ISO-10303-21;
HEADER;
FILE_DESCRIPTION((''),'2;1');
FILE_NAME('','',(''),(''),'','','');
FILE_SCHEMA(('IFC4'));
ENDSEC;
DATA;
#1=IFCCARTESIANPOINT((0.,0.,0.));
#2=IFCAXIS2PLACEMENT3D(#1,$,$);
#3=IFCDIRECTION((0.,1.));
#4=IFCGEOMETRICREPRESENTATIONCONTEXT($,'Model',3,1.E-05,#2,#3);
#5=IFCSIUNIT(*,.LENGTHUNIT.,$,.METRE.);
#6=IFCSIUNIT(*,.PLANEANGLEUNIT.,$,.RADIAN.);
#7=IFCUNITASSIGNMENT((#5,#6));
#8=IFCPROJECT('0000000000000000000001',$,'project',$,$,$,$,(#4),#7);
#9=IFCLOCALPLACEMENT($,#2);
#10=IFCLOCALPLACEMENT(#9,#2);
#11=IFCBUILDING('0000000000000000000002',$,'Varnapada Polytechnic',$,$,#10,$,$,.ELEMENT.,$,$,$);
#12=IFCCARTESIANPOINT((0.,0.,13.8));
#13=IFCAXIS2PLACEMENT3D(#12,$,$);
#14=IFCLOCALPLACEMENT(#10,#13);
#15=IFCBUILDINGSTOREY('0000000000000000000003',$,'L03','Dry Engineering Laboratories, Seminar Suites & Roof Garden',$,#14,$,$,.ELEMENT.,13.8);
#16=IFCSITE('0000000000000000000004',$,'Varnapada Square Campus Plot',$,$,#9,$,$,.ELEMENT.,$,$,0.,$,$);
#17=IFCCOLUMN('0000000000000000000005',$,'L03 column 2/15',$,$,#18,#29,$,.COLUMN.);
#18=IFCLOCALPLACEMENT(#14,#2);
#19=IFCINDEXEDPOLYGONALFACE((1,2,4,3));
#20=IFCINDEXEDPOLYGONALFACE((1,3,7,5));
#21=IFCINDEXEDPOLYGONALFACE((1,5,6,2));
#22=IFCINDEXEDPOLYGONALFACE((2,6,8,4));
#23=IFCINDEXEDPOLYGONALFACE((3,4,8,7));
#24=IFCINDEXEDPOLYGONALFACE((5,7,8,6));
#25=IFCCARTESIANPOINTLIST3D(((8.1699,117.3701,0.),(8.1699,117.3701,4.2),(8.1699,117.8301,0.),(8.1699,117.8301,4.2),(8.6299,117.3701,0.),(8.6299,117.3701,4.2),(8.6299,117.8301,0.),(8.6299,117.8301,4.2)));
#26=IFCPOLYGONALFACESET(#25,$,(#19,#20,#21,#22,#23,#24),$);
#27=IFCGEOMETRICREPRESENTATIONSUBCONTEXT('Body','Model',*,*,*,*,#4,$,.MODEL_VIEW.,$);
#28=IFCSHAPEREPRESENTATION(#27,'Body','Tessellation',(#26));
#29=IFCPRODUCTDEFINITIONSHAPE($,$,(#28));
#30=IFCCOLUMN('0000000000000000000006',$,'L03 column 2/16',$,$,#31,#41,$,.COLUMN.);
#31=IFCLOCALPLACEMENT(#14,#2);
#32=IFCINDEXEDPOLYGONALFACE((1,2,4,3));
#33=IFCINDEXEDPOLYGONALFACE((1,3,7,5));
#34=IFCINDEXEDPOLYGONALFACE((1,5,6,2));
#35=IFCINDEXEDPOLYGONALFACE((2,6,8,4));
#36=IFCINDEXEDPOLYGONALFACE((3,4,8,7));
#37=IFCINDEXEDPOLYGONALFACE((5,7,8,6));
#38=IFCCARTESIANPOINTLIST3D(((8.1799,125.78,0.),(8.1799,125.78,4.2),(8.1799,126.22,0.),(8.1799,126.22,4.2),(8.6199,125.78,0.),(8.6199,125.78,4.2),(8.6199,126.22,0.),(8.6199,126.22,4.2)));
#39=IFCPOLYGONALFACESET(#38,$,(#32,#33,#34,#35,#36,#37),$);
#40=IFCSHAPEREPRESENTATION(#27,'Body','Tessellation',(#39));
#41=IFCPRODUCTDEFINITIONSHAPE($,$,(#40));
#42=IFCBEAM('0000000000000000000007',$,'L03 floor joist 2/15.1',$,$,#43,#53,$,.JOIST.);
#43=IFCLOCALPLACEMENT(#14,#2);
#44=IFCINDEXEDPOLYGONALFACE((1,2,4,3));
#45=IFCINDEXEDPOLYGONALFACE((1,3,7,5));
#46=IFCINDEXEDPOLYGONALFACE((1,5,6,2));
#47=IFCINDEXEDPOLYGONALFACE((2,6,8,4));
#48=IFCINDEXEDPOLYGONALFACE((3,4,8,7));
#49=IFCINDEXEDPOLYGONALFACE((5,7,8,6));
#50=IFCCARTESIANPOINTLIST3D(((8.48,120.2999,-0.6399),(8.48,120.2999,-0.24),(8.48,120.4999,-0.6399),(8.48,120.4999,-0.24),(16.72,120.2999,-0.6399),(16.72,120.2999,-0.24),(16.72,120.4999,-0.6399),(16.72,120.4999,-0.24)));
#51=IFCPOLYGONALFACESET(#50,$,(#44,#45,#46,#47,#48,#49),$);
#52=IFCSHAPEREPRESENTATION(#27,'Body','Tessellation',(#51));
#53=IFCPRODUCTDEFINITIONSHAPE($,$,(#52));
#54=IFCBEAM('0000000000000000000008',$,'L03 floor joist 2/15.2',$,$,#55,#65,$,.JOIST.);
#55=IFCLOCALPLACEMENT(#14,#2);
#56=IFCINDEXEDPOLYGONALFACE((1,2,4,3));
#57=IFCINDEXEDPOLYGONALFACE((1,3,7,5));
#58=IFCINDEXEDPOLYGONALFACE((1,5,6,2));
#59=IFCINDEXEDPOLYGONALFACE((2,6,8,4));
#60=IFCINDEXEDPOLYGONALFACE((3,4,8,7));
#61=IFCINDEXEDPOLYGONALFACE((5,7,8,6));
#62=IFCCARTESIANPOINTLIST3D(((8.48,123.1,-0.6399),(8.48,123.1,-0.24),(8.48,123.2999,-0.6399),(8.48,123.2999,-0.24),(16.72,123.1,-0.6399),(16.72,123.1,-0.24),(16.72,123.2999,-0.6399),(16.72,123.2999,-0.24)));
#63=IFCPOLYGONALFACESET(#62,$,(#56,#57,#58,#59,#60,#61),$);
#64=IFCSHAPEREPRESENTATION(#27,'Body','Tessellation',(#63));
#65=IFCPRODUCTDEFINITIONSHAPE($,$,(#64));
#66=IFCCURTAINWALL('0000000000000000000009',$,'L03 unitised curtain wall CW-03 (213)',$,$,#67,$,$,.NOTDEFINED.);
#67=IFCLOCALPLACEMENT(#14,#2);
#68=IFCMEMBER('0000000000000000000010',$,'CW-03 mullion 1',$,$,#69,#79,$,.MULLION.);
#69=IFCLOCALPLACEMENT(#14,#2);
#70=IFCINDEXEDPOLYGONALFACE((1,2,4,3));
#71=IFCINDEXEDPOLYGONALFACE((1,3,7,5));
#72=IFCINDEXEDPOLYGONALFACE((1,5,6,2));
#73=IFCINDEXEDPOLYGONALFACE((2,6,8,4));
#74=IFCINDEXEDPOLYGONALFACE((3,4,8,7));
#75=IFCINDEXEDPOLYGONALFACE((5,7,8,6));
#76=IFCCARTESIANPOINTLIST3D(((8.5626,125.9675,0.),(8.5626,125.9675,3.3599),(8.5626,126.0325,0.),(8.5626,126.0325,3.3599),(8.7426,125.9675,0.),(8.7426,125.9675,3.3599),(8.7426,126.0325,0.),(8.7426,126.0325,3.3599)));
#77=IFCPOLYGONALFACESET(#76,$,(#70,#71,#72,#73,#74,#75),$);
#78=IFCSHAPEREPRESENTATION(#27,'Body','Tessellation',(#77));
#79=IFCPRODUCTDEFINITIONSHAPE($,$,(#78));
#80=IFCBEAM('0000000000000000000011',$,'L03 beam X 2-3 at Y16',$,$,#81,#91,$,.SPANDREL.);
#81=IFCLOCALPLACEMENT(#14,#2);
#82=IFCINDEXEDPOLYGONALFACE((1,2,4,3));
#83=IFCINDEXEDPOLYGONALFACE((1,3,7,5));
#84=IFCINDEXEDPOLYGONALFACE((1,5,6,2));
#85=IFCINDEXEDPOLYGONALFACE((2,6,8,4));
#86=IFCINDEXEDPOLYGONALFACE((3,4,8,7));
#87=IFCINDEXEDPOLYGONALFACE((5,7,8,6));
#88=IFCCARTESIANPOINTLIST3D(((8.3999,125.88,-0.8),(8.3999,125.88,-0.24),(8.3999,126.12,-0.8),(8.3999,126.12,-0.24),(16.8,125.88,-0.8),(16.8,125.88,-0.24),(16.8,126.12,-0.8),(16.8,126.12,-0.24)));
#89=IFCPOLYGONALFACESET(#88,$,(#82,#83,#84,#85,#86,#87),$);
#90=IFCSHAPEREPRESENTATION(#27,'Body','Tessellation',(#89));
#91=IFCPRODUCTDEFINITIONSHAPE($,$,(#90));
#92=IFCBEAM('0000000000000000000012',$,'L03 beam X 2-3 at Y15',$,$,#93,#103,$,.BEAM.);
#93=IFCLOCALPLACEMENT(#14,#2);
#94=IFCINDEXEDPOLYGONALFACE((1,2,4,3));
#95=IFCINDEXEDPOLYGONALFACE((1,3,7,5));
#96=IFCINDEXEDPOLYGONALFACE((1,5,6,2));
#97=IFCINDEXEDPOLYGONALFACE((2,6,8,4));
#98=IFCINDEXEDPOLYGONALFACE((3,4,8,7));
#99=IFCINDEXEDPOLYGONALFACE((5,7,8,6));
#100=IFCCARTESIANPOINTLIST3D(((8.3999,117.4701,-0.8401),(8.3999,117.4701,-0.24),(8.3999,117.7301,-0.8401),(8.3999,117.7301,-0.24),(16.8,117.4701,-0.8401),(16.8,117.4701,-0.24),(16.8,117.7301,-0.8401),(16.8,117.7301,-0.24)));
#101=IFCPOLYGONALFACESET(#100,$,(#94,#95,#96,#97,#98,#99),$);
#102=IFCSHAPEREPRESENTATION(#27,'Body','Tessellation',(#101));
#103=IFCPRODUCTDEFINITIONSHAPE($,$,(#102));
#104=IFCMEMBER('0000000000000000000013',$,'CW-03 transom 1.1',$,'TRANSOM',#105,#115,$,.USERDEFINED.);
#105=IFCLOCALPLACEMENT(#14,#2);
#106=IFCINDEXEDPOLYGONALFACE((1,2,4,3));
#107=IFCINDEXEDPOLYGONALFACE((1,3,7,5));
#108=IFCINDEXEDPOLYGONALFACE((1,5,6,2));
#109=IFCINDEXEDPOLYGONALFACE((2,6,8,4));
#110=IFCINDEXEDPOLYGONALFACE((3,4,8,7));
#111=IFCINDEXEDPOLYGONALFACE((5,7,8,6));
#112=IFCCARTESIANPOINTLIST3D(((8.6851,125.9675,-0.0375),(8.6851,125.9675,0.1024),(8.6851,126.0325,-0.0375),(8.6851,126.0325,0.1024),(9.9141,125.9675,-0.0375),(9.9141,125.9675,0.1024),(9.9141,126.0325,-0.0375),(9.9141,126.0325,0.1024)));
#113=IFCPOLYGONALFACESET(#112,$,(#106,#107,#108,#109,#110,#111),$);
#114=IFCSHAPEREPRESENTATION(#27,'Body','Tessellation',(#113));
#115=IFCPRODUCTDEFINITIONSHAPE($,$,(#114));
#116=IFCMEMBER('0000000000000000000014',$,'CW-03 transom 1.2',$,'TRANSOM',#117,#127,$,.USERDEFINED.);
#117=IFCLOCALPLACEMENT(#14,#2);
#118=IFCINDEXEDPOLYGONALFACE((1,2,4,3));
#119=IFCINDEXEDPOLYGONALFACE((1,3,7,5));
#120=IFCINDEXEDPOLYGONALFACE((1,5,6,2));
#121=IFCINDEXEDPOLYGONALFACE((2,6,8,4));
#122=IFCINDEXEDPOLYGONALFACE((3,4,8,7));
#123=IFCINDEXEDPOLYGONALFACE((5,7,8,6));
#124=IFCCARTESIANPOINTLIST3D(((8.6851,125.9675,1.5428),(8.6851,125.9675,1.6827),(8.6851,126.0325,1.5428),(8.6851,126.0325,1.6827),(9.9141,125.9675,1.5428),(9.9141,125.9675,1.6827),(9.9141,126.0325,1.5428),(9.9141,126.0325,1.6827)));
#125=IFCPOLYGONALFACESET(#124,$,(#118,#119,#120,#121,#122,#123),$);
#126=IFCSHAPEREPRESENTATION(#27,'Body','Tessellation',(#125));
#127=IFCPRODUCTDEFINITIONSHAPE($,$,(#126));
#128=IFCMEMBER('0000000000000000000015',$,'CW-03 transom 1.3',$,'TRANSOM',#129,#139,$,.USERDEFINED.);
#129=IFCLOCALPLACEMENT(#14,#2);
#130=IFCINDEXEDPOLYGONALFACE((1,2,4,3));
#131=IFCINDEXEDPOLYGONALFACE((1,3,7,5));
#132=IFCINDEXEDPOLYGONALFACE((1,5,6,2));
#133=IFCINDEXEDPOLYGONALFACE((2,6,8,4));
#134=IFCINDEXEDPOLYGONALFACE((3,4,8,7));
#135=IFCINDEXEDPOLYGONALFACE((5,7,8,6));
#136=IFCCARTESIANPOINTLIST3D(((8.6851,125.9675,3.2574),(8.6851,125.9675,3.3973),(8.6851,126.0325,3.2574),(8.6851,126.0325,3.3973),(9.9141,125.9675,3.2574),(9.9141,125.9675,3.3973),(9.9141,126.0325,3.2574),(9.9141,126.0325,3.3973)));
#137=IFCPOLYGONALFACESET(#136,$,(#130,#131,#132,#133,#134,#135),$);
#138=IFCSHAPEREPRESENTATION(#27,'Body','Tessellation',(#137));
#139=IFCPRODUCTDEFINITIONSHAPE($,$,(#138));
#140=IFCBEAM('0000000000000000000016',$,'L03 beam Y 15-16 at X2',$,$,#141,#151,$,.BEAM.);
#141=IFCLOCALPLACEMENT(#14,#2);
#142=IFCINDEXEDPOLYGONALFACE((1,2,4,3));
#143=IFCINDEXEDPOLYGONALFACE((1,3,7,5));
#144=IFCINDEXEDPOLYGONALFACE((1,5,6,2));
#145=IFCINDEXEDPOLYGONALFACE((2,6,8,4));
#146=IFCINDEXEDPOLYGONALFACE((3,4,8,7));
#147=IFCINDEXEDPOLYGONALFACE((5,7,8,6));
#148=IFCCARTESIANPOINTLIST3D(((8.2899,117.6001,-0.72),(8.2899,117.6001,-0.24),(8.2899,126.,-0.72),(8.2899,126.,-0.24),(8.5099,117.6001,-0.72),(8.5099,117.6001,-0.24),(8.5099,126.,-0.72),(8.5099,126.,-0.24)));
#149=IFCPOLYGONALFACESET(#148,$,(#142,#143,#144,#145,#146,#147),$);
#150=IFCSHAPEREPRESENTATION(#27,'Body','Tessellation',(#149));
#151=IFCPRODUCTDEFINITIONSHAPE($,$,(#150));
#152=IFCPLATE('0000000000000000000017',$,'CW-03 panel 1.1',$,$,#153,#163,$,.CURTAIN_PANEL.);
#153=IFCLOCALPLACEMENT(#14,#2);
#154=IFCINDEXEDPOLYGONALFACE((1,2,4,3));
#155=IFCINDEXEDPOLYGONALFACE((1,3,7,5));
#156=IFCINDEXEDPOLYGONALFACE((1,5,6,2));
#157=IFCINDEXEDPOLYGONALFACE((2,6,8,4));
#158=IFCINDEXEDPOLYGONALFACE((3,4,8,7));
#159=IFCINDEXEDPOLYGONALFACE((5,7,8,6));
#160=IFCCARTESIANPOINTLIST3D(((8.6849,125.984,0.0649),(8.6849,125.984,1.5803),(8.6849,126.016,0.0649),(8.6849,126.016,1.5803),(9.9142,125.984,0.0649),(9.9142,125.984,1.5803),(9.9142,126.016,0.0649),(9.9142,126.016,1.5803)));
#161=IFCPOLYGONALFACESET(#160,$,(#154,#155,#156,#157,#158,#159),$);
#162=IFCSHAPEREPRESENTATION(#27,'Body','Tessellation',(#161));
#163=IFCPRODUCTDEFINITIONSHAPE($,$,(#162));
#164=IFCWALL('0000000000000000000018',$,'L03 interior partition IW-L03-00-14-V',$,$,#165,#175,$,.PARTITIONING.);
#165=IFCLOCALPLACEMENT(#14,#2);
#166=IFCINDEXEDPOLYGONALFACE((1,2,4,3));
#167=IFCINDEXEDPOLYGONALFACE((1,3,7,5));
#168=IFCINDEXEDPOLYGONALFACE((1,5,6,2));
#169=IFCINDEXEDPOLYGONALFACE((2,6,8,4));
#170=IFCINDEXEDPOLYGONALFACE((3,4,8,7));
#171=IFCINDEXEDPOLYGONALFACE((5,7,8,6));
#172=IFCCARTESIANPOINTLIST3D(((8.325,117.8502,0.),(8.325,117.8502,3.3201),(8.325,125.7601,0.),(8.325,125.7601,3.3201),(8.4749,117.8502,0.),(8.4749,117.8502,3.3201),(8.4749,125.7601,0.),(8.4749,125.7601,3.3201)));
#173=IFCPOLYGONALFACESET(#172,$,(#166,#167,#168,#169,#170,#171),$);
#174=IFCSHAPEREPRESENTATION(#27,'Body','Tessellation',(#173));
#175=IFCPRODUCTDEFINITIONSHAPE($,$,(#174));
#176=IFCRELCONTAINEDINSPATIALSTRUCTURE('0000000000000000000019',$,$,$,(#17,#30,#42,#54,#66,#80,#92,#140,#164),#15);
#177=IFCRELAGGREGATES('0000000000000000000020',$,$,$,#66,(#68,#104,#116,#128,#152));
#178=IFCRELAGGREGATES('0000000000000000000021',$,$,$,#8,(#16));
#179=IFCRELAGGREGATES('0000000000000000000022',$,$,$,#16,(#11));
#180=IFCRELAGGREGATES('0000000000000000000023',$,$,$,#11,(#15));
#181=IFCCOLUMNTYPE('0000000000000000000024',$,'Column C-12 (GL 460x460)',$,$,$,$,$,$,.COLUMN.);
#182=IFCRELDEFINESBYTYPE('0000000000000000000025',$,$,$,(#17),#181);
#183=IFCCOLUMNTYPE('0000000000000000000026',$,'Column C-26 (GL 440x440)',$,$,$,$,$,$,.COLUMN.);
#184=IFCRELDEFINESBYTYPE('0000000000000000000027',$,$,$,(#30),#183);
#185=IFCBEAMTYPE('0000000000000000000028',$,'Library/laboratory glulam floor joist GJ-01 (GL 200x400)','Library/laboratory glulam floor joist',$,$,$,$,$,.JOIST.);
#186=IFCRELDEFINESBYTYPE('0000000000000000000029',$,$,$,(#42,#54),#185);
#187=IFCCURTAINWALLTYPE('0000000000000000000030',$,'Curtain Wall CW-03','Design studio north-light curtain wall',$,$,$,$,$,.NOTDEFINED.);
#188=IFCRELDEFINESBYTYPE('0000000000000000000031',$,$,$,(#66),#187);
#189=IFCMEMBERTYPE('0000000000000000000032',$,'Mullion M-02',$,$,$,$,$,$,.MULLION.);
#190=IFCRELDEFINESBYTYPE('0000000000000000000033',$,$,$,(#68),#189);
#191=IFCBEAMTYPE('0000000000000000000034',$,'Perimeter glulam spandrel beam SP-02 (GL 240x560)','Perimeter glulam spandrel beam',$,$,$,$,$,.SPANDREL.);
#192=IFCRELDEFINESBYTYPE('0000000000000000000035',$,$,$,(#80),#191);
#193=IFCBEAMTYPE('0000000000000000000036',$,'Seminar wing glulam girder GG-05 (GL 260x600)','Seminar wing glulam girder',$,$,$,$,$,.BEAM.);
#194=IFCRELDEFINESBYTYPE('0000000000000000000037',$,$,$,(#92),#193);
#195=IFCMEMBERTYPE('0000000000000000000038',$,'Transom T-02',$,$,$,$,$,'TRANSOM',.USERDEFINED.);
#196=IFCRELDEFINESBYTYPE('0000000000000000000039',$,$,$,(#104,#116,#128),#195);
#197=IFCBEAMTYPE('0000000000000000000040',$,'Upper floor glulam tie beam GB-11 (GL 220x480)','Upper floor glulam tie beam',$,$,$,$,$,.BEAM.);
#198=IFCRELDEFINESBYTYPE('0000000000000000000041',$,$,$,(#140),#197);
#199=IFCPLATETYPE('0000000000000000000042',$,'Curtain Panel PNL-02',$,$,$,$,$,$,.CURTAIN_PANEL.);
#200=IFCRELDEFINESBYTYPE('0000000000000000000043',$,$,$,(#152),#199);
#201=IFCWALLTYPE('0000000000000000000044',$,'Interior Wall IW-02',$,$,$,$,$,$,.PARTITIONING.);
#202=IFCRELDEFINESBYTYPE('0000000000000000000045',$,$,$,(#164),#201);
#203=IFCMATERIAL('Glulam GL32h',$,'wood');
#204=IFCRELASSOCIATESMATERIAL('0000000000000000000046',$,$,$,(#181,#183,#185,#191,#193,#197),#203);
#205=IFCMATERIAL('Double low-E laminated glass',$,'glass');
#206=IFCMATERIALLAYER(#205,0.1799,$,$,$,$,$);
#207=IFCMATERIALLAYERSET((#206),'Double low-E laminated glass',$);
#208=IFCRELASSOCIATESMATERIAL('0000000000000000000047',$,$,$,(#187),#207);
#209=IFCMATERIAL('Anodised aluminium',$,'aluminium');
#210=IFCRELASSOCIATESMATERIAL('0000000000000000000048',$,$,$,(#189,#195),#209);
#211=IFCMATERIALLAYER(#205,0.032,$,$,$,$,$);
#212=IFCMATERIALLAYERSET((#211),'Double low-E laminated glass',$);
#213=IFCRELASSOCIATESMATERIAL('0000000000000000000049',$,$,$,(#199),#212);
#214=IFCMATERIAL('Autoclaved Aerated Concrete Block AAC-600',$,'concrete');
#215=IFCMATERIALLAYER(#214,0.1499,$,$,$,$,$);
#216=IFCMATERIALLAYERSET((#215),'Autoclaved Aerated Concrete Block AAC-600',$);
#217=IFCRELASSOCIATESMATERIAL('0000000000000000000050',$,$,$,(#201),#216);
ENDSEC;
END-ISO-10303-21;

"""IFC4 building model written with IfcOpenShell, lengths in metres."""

from ifc_helpers import new_model, si_unit, direction, frame, frame_2d, origin, origin_2d, place, context, subcontext, project, spatial, rectangle, extrude, material, layer, layer_set, material_profile, profile_set, type_object, element, aggregate, save


model = new_model("IFC4")

# Units and contexts
model_context = context("Model", 3, precision=1e-05, world=origin(), true_north=direction((0.0, 1.0)))
body_context = subcontext(model_context, "Body", "Model", "MODEL_VIEW")
ifc_project = project(units=[si_unit("LENGTHUNIT", "METRE"), si_unit("PLANEANGLEUNIT", "RADIAN")], contexts=[model_context])

# Site, building, storey
site_placement = place(None, origin())
site = spatial("IfcSite", under=ifc_project, at=site_placement, Name="Varnapada Square Campus Plot", CompositionType="ELEMENT", RefElevation=0.0)
building_placement = place(site_placement, origin())
building = spatial("IfcBuilding", under=site, at=building_placement, Name="Varnapada Polytechnic", CompositionType="ELEMENT")
storey_placement = place(building_placement, frame((0.0, 0.0, 13.8)))
storey = spatial("IfcBuildingStorey", under=building, at=storey_placement, Name="L03", Description="Dry Engineering Laboratories, Seminar Suites & Roof Garden", CompositionType="ELEMENT", Elevation=13.8)

# Columns
ifc_material_1 = material(Name="Glulam GL32h", Category="wood")
ifc_material_profile_1 = material_profile(ifc_material_1, rectangle(XDim=0.46, YDim=0.46, at=origin_2d()), Name="GL 460x460")
ifc_profile_set_1 = profile_set([ifc_material_profile_1], Name="Glulam GL32h")
column_type_1 = type_object("IfcColumnType", Name="Column C-12 (GL 460x460)", PredefinedType="COLUMN", material=ifc_profile_set_1)
column_1_placement = place(storey_placement, frame((8.3999, 117.6001, 0.0), z_axis=(0.0, 0.0, 1.0), x_axis=(1.0, 0.0, 0.0)))
element("IfcColumn", 1, at=column_1_placement, inside=storey, type_object=column_type_1, Name="L03 column 2/15", PredefinedType="COLUMN", context=body_context, shape_type="SweptSolid", body=[
    extrude(rectangle(XDim=0.46, YDim=0.46, at=origin_2d()), origin(), (0.0, 0.0, 1.0), 4.2),
])
ifc_material_profile_2 = material_profile(ifc_material_1, rectangle(XDim=0.4399, YDim=0.4399, at=origin_2d()), Name="GL 440x440")
ifc_profile_set_2 = profile_set([ifc_material_profile_2], Name="Glulam GL32h")
column_type_2 = type_object("IfcColumnType", Name="Column C-26 (GL 440x440)", PredefinedType="COLUMN", material=ifc_profile_set_2)
column_2_placement = place(storey_placement, frame((8.3999, 126.0, 0.0), z_axis=(0.0, 0.0, 1.0), x_axis=(1.0, 0.0, 0.0)))
element("IfcColumn", 2, at=column_2_placement, inside=storey, type_object=column_type_2, Name="L03 column 2/16", PredefinedType="COLUMN", context=body_context, shape_type="SweptSolid", body=[
    extrude(rectangle(XDim=0.4399, YDim=0.4399, at=origin_2d()), origin(), (0.0, 0.0, 1.0), 4.2),
])

# Beams
ifc_material_profile_3 = material_profile(ifc_material_1, rectangle(XDim=0.2, YDim=0.3999, at=origin_2d()), Name="GL 200x400")
ifc_profile_set_3 = profile_set([ifc_material_profile_3], Name="Glulam GL32h")
beam_type_1 = type_object("IfcBeamType", Name="Library/laboratory glulam floor joist GJ-01 (GL 200x400)", Description="Library/laboratory glulam floor joist", PredefinedType="JOIST", material=ifc_profile_set_3)
for number, where, z_axis, x_axis, name in (
    (3, (8.48, 120.3999, -0.4399), (1.0, 0.0, 0.0), (0.0, 1.0, 0.0), "L03 floor joist 2/15.1"),
    (4, (8.48, 123.2, -0.4399), (1.0, 0.0, 0.0), (0.0, 1.0, 0.0), "L03 floor joist 2/15.2"),
):
    element("IfcBeam", number, at=place(storey_placement, frame(where, z_axis=z_axis, x_axis=x_axis)), inside=storey, type_object=beam_type_1, Name=name, PredefinedType="JOIST", context=body_context, shape_type="SweptSolid", body=[
        extrude(rectangle(XDim=0.2, YDim=0.3999, at=origin_2d()), origin(), (0.0, 0.0, 1.0), 8.24),
    ])

# Curtain wall, member
ifc_material_2 = material(Name="Double low-E laminated glass", Category="glass")
ifc_layer_1 = layer(ifc_material_2, 0.1799)
ifc_layer_set_1 = layer_set([ifc_layer_1], Name="Double low-E laminated glass")
curtain_wall_type = type_object("IfcCurtainWallType", Name="Curtain Wall CW-03", Description="Design studio north-light curtain wall", PredefinedType="NOTDEFINED", material=ifc_layer_set_1)
curtain_wall_placement = place(storey_placement, origin())
curtain_wall = element("IfcCurtainWall", 5, at=curtain_wall_placement, inside=storey, type_object=curtain_wall_type, Name="L03 unitised curtain wall CW-03 (213)", PredefinedType="NOTDEFINED")
ifc_material_3 = material(Name="Anodised aluminium", Category="aluminium")
ifc_material_profile_4 = material_profile(ifc_material_3, rectangle(XDim=0.0649, YDim=0.1799, at=origin_2d()), Name="ALU M65x180")
ifc_profile_set_4 = profile_set([ifc_material_profile_4], Name="Anodised aluminium")
member_type_1 = type_object("IfcMemberType", Name="Mullion M-02", PredefinedType="MULLION", material=ifc_profile_set_4)
member_1_placement = place(storey_placement, frame((8.6526, 126.0, 0.0), z_axis=(0.0, 0.0, 1.0), x_axis=(0.0, 1.0, 0.0)))
member_1 = element("IfcMember", 6, at=member_1_placement, type_object=member_type_1, Name="CW-03 mullion 1", PredefinedType="MULLION", context=body_context, shape_type="SweptSolid", body=[
    extrude(rectangle(XDim=0.0649, YDim=0.1799, at=origin_2d()), origin(), (0.0, 0.0, 1.0), 3.3599),
])

# Beams
ifc_material_profile_5 = material_profile(ifc_material_1, rectangle(XDim=0.24, YDim=0.5601, at=origin_2d()), Name="GL 240x560")
ifc_profile_set_5 = profile_set([ifc_material_profile_5], Name="Glulam GL32h")
beam_type_2 = type_object("IfcBeamType", Name="Perimeter glulam spandrel beam SP-02 (GL 240x560)", Description="Perimeter glulam spandrel beam", PredefinedType="SPANDREL", material=ifc_profile_set_5)
beam_1_placement = place(storey_placement, frame((8.3999, 126.0, -0.52), z_axis=(1.0, 0.0, 0.0), x_axis=(0.0, 1.0, 0.0)))
element("IfcBeam", 7, at=beam_1_placement, inside=storey, type_object=beam_type_2, Name="L03 beam X 2-3 at Y16", PredefinedType="SPANDREL", context=body_context, shape_type="SweptSolid", body=[
    extrude(rectangle(XDim=0.24, YDim=0.5601, at=origin_2d()), origin(), (0.0, 0.0, 1.0), 8.4001),
])
ifc_material_profile_6 = material_profile(ifc_material_1, rectangle(XDim=0.26, YDim=0.6001, at=origin_2d()), Name="GL 260x600")
ifc_profile_set_6 = profile_set([ifc_material_profile_6], Name="Glulam GL32h")
beam_type_3 = type_object("IfcBeamType", Name="Seminar wing glulam girder GG-05 (GL 260x600)", Description="Seminar wing glulam girder", PredefinedType="BEAM", material=ifc_profile_set_6)
beam_2_placement = place(storey_placement, frame((8.3999, 117.6001, -0.54), z_axis=(1.0, 0.0, 0.0), x_axis=(0.0, 1.0, 0.0)))
element("IfcBeam", 8, at=beam_2_placement, inside=storey, type_object=beam_type_3, Name="L03 beam X 2-3 at Y15", PredefinedType="BEAM", context=body_context, shape_type="SweptSolid", body=[
    extrude(rectangle(XDim=0.26, YDim=0.6001, at=origin_2d()), origin(), (0.0, 0.0, 1.0), 8.4001),
])

# Members
ifc_material_profile_7 = material_profile(ifc_material_3, rectangle(XDim=0.0649, YDim=0.1399, at=origin_2d()), Name="ALU T65x140")
ifc_profile_set_7 = profile_set([ifc_material_profile_7], Name="Anodised aluminium")
member_type_2 = type_object("IfcMemberType", Name="Transom T-02", ElementType="TRANSOM", PredefinedType="USERDEFINED", material=ifc_profile_set_7)
member_2_placement = place(storey_placement, frame((8.6851, 126.0, 0.0325), z_axis=(1.0, 0.0, 0.0), x_axis=(0.0, 1.0, 0.0)))
member_2 = element("IfcMember", 9, at=member_2_placement, type_object=member_type_2, Name="CW-03 transom 1.1", ObjectType="TRANSOM", PredefinedType="USERDEFINED", context=body_context, shape_type="SweptSolid", body=[
    extrude(rectangle(XDim=0.0649, YDim=0.1399, at=origin_2d()), origin(), (0.0, 0.0, 1.0), 1.229),
])
member_3_placement = place(storey_placement, frame((8.6851, 126.0, 1.6128), z_axis=(1.0, 0.0, 0.0), x_axis=(0.0, 1.0, 0.0)))
member_3 = element("IfcMember", 10, at=member_3_placement, type_object=member_type_2, Name="CW-03 transom 1.2", ObjectType="TRANSOM", PredefinedType="USERDEFINED", context=body_context, shape_type="SweptSolid", body=[
    extrude(rectangle(XDim=0.0649, YDim=0.1399, at=origin_2d()), origin(), (0.0, 0.0, 1.0), 1.229),
])
member_4_placement = place(storey_placement, frame((8.6851, 126.0, 3.3274), z_axis=(1.0, 0.0, 0.0), x_axis=(0.0, 1.0, 0.0)))
member_4 = element("IfcMember", 11, at=member_4_placement, type_object=member_type_2, Name="CW-03 transom 1.3", ObjectType="TRANSOM", PredefinedType="USERDEFINED", context=body_context, shape_type="SweptSolid", body=[
    extrude(rectangle(XDim=0.0649, YDim=0.1399, at=origin_2d()), origin(), (0.0, 0.0, 1.0), 1.229),
])

# Beam
ifc_material_profile_8 = material_profile(ifc_material_1, rectangle(XDim=0.22, YDim=0.48, at=origin_2d()), Name="GL 220x480")
ifc_profile_set_8 = profile_set([ifc_material_profile_8], Name="Glulam GL32h")
beam_type_4 = type_object("IfcBeamType", Name="Upper floor glulam tie beam GB-11 (GL 220x480)", Description="Upper floor glulam tie beam", PredefinedType="BEAM", material=ifc_profile_set_8)
beam_3_placement = place(storey_placement, frame((8.3999, 117.6001, -0.48), z_axis=(0.0, 1.0, 0.0), x_axis=(-1.0, 0.0, 0.0)))
element("IfcBeam", 12, at=beam_3_placement, inside=storey, type_object=beam_type_4, Name="L03 beam Y 15-16 at X2", PredefinedType="BEAM", context=body_context, shape_type="SweptSolid", body=[
    extrude(rectangle(XDim=0.22, YDim=0.48, at=origin_2d()), origin(), (0.0, 0.0, 1.0), 8.3999),
])

# Plate
ifc_layer_2 = layer(ifc_material_2, 0.032)
ifc_layer_set_2 = layer_set([ifc_layer_2], Name="Double low-E laminated glass")
plate_type = type_object("IfcPlateType", Name="Curtain Panel PNL-02", PredefinedType="CURTAIN_PANEL", material=ifc_layer_set_2)
plate_placement = place(storey_placement, frame((9.2996, 126.0, 0.0649), z_axis=(0.0, 0.0, 1.0), x_axis=(1.0, 0.0, 0.0)))
plate = element("IfcPlate", 13, at=plate_placement, type_object=plate_type, Name="CW-03 panel 1.1", PredefinedType="CURTAIN_PANEL", context=body_context, shape_type="SweptSolid", body=[
    extrude(rectangle(XDim=1.2292, YDim=0.032, at=origin_2d()), origin(), (0.0, 0.0, 1.0), 1.5154),
])
aggregate(curtain_wall, [member_1, member_2, member_3, member_4, plate])

# Wall
ifc_material_4 = material(Name="Autoclaved Aerated Concrete Block AAC-600", Category="concrete")
ifc_layer_3 = layer(ifc_material_4, 0.1499)
ifc_layer_set_3 = layer_set([ifc_layer_3], Name="Autoclaved Aerated Concrete Block AAC-600")
wall_type_1 = type_object("IfcWallType", Name="Interior Wall IW-02", PredefinedType="PARTITIONING", material=ifc_layer_set_3)
wall_1_placement = place(storey_placement, frame((8.3999, 117.8501, 0.0), z_axis=(0.0, 0.0, 1.0), x_axis=(0.0, 1.0, 0.0)))
element("IfcWall", 14, at=wall_1_placement, inside=storey, type_object=wall_type_1, Name="L03 interior partition IW-L03-00-14-V", PredefinedType="PARTITIONING", context=body_context, shape_type="SweptSolid", body=[
    extrude(rectangle(XDim=7.9099, YDim=0.1499, at=frame_2d((3.9551, 0.0))), origin(), (0.0, 0.0, 1.0), 3.3201),
])

save(model, "model.ifc")
